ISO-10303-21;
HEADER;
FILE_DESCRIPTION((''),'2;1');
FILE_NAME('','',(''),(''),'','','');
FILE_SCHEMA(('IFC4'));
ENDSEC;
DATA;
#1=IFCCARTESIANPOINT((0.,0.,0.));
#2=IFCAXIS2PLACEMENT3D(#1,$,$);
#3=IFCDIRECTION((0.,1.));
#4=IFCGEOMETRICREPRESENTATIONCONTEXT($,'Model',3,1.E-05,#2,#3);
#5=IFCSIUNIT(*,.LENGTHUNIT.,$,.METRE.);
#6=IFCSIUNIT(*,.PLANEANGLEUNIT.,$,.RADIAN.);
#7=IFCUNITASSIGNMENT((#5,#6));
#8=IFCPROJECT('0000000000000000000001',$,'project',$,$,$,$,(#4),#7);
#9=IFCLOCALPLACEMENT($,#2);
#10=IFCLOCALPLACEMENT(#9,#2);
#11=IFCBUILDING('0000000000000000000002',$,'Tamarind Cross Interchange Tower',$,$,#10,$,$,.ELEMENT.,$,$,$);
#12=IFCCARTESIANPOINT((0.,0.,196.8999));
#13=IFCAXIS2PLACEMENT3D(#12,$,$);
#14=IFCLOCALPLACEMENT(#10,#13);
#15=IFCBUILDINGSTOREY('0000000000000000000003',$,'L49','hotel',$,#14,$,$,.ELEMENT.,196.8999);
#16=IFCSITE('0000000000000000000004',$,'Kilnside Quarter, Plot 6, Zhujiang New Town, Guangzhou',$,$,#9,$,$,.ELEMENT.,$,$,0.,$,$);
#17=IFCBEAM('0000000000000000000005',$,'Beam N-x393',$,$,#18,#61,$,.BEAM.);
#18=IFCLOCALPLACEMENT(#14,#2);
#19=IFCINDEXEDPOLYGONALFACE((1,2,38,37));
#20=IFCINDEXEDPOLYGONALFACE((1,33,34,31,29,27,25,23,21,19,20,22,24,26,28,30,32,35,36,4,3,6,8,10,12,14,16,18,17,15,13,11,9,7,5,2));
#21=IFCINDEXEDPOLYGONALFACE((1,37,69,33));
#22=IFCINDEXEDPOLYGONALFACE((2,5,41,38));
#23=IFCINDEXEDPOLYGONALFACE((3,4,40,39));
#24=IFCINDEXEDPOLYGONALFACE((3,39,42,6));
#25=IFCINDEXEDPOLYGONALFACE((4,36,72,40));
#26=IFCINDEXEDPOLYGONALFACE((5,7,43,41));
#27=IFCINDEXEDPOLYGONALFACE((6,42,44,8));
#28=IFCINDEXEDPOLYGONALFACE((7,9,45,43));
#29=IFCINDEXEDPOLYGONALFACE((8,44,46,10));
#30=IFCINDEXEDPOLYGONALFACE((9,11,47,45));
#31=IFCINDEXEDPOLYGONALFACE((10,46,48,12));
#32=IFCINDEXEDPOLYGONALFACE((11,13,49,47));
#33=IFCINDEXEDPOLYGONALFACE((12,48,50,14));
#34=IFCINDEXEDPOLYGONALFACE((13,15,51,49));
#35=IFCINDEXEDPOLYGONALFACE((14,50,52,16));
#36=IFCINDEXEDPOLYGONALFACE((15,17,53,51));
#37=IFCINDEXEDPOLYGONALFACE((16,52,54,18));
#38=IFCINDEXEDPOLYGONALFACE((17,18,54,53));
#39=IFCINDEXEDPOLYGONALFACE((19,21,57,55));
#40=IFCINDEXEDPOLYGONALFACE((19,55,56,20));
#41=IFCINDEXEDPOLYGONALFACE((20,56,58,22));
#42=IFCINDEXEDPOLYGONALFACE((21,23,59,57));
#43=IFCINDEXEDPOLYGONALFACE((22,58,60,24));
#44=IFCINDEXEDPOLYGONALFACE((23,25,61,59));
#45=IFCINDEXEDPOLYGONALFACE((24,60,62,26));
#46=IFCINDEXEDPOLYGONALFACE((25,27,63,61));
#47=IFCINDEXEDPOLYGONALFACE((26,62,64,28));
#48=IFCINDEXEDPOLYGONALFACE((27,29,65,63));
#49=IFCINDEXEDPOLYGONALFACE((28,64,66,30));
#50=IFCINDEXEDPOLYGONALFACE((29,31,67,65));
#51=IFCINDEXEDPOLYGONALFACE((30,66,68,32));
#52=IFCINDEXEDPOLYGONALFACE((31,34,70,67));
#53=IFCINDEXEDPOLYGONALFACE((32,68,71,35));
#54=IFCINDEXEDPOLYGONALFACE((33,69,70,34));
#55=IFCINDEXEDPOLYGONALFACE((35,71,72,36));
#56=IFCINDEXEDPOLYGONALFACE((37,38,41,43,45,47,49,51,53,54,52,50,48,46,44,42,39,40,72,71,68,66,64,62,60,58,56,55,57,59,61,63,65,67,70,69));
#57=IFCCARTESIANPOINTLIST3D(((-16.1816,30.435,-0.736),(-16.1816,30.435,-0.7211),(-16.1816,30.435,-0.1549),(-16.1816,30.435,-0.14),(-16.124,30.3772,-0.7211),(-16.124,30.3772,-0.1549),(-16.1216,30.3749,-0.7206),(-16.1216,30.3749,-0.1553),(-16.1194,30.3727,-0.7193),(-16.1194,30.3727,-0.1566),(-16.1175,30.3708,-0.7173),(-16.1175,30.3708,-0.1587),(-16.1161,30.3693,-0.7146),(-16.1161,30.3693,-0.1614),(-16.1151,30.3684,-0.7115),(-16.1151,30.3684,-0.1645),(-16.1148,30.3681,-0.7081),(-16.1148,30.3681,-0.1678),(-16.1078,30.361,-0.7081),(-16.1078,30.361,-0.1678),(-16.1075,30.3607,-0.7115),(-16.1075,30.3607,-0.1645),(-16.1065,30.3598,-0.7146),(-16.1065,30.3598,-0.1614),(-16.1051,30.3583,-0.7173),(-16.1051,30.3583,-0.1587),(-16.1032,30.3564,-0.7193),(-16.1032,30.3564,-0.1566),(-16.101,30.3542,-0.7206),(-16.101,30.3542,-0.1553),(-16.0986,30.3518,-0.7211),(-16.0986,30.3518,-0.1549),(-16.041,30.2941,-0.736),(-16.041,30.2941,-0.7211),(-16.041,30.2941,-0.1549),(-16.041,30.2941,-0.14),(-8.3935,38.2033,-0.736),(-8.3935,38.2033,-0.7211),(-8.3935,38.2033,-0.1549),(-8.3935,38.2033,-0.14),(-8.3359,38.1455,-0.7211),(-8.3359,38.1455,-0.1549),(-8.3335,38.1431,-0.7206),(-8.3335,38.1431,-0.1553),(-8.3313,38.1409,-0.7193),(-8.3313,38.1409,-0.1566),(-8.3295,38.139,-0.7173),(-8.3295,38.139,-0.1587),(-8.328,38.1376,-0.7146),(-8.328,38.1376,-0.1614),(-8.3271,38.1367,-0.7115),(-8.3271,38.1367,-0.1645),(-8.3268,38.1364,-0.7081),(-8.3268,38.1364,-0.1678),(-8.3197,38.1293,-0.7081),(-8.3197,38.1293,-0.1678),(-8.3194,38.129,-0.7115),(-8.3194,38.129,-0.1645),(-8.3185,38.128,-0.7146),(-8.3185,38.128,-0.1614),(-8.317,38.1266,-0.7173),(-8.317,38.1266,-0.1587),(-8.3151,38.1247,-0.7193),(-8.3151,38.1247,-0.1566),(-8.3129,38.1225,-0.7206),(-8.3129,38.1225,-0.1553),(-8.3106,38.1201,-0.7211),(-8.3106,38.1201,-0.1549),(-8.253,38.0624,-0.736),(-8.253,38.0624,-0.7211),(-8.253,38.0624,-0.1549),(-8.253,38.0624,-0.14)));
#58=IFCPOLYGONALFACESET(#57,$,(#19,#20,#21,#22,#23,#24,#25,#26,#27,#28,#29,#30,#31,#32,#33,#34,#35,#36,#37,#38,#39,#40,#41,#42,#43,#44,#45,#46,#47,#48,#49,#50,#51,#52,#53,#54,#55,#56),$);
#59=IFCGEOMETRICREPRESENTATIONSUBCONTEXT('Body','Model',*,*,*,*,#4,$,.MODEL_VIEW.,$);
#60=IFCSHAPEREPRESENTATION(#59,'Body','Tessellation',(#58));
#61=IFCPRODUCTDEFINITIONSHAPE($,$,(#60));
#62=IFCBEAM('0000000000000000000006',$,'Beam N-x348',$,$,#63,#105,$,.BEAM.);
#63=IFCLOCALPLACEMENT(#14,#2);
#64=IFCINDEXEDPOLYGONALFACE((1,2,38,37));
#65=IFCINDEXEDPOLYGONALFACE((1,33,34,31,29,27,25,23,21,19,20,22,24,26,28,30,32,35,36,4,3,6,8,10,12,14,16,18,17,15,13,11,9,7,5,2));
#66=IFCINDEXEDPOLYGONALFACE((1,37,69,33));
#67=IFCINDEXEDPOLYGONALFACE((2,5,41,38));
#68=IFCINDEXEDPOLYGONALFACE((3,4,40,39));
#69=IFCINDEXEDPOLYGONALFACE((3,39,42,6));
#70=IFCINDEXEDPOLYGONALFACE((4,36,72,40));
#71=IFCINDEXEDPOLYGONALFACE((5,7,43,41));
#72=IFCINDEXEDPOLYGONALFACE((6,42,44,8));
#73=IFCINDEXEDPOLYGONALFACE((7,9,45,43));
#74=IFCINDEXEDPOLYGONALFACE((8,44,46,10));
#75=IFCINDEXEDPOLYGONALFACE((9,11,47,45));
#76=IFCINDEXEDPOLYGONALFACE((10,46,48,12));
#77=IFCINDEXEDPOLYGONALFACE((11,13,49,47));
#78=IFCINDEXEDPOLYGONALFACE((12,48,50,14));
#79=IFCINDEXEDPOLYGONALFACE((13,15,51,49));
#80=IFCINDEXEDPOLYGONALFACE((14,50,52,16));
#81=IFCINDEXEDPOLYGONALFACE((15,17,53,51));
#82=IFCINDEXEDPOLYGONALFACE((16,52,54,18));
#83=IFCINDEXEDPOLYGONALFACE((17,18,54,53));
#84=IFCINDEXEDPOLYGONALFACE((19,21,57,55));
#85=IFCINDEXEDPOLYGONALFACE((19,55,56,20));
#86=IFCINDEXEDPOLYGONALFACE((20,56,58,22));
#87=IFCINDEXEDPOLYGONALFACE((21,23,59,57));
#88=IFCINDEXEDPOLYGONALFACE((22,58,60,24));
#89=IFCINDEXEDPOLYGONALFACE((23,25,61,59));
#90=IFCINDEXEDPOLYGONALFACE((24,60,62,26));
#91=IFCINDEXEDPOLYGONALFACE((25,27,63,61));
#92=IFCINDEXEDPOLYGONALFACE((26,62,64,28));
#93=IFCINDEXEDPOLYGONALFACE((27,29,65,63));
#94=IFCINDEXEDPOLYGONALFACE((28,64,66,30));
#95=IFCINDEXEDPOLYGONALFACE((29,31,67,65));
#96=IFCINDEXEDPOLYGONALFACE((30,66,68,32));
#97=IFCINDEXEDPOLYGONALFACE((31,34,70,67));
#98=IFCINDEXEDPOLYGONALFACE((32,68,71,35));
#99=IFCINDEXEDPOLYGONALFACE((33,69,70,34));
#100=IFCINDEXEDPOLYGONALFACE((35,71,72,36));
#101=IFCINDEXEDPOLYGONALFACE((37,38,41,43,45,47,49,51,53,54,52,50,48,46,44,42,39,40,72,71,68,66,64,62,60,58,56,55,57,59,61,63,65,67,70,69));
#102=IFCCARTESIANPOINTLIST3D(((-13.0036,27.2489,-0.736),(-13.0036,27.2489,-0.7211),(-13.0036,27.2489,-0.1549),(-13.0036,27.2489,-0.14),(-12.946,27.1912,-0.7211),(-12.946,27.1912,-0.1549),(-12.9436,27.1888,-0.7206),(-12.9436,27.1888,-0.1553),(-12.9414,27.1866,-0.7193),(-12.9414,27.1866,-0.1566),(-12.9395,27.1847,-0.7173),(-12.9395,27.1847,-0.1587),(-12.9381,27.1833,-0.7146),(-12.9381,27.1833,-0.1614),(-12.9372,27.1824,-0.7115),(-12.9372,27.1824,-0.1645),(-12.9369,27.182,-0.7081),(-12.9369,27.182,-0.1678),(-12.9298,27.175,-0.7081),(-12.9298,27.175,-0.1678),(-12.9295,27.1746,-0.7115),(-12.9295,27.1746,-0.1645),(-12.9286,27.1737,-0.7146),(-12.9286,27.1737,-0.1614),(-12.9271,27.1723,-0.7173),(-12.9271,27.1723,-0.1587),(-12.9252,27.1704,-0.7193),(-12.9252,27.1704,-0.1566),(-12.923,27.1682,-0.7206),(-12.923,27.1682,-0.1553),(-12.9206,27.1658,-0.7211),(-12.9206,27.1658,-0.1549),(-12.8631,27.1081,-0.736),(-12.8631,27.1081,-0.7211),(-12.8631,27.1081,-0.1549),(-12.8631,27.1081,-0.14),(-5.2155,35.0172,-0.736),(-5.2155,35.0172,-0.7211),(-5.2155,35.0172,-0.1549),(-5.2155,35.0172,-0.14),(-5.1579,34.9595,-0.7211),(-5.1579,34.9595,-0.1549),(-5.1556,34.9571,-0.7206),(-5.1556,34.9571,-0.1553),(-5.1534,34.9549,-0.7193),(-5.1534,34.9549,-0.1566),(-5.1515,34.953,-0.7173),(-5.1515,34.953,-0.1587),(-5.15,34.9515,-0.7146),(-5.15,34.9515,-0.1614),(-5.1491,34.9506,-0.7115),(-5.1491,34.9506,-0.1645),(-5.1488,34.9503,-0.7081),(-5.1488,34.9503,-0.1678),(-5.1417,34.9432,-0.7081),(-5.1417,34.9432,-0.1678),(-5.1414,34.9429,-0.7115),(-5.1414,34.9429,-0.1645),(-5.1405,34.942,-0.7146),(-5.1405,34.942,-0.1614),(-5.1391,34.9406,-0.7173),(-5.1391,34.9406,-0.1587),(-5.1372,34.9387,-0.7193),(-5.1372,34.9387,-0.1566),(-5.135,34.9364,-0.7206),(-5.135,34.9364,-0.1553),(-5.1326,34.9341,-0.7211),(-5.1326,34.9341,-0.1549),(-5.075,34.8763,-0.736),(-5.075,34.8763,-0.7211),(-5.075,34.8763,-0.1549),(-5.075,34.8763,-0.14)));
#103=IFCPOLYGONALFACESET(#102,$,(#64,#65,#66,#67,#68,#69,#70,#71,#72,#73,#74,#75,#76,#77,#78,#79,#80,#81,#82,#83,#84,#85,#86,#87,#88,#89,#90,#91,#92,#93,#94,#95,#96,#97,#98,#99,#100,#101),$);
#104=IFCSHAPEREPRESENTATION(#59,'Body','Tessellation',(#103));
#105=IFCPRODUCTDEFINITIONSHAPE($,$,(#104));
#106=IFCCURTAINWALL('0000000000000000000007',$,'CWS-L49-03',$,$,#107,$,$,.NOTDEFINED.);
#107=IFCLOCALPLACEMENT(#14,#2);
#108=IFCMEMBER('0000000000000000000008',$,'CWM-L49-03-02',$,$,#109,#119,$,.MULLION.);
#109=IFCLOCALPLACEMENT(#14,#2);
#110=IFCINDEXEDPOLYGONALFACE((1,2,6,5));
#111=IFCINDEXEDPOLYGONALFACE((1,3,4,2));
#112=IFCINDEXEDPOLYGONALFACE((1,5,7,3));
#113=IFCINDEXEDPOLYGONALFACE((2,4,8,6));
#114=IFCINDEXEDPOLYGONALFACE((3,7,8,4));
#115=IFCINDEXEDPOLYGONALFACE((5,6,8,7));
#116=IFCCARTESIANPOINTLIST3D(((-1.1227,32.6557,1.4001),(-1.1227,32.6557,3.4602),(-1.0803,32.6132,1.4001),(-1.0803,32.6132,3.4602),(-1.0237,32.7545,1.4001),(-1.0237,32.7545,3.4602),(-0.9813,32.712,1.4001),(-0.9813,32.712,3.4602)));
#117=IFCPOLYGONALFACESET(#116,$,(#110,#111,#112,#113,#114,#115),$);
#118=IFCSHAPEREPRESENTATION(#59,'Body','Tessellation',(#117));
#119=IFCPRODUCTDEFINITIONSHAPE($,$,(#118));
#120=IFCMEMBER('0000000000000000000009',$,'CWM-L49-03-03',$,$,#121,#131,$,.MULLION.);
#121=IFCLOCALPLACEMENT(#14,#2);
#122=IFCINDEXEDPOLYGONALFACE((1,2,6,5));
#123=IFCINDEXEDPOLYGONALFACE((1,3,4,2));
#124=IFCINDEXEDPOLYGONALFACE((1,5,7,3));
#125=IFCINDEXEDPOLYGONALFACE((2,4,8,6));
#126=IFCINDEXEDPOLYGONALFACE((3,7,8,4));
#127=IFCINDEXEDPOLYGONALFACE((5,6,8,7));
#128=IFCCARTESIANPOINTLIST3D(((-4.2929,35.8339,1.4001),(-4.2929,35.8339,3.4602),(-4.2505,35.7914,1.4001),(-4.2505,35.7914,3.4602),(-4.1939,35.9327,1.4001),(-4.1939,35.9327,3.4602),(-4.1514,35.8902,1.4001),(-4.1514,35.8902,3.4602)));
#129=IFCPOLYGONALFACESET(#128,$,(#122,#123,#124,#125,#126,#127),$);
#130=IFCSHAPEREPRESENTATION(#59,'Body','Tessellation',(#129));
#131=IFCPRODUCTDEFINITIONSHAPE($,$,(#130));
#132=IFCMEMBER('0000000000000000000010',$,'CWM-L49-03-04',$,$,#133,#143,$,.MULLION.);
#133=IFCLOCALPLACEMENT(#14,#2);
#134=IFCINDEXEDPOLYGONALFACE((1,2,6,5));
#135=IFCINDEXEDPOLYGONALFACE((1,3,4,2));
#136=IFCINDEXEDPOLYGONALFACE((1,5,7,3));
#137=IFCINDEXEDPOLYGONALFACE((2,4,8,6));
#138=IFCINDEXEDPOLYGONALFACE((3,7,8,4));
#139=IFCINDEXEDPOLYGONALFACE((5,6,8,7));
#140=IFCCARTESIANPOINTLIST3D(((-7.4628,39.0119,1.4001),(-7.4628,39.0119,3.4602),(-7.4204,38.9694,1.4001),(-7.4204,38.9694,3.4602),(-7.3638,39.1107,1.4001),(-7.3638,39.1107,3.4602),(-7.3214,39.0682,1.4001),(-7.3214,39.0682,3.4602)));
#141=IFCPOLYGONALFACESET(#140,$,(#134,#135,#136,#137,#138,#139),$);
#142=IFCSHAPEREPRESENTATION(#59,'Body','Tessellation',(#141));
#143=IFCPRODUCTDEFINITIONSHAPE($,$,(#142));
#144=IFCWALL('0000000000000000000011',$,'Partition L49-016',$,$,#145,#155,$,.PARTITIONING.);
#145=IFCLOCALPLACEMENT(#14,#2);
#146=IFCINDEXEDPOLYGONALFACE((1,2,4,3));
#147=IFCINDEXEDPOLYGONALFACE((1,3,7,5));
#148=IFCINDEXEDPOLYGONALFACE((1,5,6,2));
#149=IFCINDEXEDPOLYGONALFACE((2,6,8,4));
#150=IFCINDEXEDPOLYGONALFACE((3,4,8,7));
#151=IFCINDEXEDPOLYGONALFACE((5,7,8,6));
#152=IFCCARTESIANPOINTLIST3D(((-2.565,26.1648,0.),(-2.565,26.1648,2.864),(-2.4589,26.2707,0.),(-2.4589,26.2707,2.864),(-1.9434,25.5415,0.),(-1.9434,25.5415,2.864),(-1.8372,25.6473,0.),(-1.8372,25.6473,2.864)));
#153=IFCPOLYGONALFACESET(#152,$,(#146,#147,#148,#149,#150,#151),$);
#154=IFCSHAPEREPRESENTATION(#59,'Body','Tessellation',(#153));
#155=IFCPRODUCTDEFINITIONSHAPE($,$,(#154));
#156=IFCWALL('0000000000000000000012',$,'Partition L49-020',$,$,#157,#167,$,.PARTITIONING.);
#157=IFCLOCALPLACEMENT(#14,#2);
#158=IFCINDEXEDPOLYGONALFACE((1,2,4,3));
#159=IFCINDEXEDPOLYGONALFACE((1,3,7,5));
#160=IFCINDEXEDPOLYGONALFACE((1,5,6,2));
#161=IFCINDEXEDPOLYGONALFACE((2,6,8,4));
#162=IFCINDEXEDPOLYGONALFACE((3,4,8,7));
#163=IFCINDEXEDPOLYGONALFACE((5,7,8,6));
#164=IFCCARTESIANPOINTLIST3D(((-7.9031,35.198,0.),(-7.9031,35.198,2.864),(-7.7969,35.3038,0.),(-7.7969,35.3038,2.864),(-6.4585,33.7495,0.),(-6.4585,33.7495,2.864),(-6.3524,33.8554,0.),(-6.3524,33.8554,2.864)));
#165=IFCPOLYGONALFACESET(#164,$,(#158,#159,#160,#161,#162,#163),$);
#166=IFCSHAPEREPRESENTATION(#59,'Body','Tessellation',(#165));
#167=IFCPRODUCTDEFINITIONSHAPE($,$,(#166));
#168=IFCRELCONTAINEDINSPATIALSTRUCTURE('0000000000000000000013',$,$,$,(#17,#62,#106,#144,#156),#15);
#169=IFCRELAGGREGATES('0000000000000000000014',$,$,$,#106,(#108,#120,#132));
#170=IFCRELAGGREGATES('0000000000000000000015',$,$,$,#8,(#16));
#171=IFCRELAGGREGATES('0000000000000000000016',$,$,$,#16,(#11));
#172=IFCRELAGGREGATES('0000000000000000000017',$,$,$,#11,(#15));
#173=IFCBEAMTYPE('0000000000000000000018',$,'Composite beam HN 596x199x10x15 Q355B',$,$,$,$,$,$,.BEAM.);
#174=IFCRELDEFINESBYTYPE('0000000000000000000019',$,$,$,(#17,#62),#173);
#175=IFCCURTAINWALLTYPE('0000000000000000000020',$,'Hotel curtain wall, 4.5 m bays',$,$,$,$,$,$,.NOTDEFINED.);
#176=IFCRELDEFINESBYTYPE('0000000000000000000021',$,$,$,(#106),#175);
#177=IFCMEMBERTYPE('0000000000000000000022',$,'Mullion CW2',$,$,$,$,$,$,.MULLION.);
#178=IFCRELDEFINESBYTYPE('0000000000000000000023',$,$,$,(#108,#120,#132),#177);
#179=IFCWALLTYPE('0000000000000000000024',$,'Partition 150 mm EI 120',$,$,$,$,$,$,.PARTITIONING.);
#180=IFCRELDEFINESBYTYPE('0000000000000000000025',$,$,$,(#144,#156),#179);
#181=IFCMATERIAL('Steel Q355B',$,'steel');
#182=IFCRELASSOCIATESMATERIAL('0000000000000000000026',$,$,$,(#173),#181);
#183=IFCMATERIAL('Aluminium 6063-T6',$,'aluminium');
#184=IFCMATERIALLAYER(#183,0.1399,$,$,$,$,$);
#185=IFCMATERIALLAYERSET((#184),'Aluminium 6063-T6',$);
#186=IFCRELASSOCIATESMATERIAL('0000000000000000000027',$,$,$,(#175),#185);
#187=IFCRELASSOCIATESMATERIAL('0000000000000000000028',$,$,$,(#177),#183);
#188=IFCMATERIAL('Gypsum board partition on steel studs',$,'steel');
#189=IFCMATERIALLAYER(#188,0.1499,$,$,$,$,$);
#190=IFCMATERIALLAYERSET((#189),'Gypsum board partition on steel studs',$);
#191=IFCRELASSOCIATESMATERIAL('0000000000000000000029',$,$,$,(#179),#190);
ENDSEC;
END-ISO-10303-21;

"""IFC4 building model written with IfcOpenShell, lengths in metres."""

from ifc_helpers import new_model, si_unit, direction, frame, frame_2d, origin, origin_2d, place, context, subcontext, project, spatial, rectangle, i_section, extrude, material, layer, layer_set, material_profile, profile_set, type_object, element, aggregate, save


model = new_model("IFC4")

# Units and contexts
model_context = context("Model", 3, precision=1e-05, world=origin(), true_north=direction((0.0, 1.0)))
body_context = subcontext(model_context, "Body", "Model", "MODEL_VIEW")
ifc_project = project(units=[si_unit("LENGTHUNIT", "METRE"), si_unit("PLANEANGLEUNIT", "RADIAN")], contexts=[model_context])

# Site, building, storey
site_placement = place(None, origin())
site = spatial("IfcSite", under=ifc_project, at=site_placement, Name="Kilnside Quarter, Plot 6, Zhujiang New Town, Guangzhou", CompositionType="ELEMENT", RefElevation=0.0)
building_placement = place(site_placement, origin())
building = spatial("IfcBuilding", under=site, at=building_placement, Name="Tamarind Cross Interchange Tower", CompositionType="ELEMENT")
storey_placement = place(building_placement, frame((0.0, 0.0, 196.8999)))
storey = spatial("IfcBuildingStorey", under=building, at=storey_placement, Name="L49", Description="hotel", CompositionType="ELEMENT", Elevation=196.8999)

# Beams
ifc_material_1 = material(Name="Steel Q355B", Category="steel")
ifc_material_profile_1 = material_profile(ifc_material_1, i_section(OverallWidth=0.199, OverallDepth=0.5959, WebThickness=0.01, FlangeThickness=0.0149, FilletRadius=0.0129, at=origin_2d()), Name="HN 596x199x10x15")
ifc_profile_set_1 = profile_set([ifc_material_profile_1], Name="Steel Q355B")
beam_type_1 = type_object("IfcBeamType", Name="Composite beam HN 596x199x10x15 Q355B", PredefinedType="BEAM", material=ifc_profile_set_1)
for number, where, z_axis, x_axis, name in (
    (1, (-8.3232, 38.1328, -0.438), (-0.708005, -0.706207, 0.0), (0.706207, -0.708005, 0.0), "Beam N-x393"),
    (2, (-5.1453, 34.9468, -0.438), (-0.708005, -0.706207, 0.0), (0.706207, -0.708005, 0.0), "Beam N-x348"),
):
    element("IfcBeam", number, at=place(storey_placement, frame(where, z_axis=z_axis, x_axis=x_axis)), inside=storey, type_object=beam_type_1, Name=name, PredefinedType="BEAM", context=body_context, shape_type="SweptSolid", body=[
        extrude(i_section(OverallWidth=0.199, OverallDepth=0.5959, WebThickness=0.01, FlangeThickness=0.0149, FilletRadius=0.0129, at=origin_2d()), origin(), (0.0, 0.0, 1.0), 11.0),
    ])

# Curtain wall, members
ifc_material_2 = material(Name="Aluminium 6063-T6", Category="aluminium")
ifc_layer_1 = layer(ifc_material_2, 0.1399)
ifc_layer_set_1 = layer_set([ifc_layer_1], Name="Aluminium 6063-T6")
curtain_wall_type = type_object("IfcCurtainWallType", Name="Hotel curtain wall, 4.5 m bays", PredefinedType="NOTDEFINED", material=ifc_layer_set_1)
curtain_wall_placement = place(storey_placement, origin())
curtain_wall = element("IfcCurtainWall", 3, at=curtain_wall_placement, inside=storey, type_object=curtain_wall_type, Name="CWS-L49-03", PredefinedType="NOTDEFINED")
ifc_material_profile_2 = material_profile(ifc_material_2, rectangle(XDim=0.0601, YDim=0.1399, at=origin_2d()), Name="Mullion CW2")
ifc_profile_set_2 = profile_set([ifc_material_profile_2], Name="Aluminium 6063-T6")
member_type = type_object("IfcMemberType", Name="Mullion CW2", PredefinedType="MULLION", material=ifc_profile_set_2)
member_1_placement = place(storey_placement, frame((-1.052, 32.6838, 1.4001), z_axis=(0.0, 0.0, 1.0), x_axis=(-0.706198, 0.708015, 0.0)))
member_1 = element("IfcMember", 4, at=member_1_placement, type_object=member_type, Name="CWM-L49-03-02", PredefinedType="MULLION", context=body_context, shape_type="SweptSolid", body=[
    extrude(rectangle(XDim=0.0601, YDim=0.1399, at=origin_2d()), origin(), (0.0, 0.0, 1.0), 2.0601),
])
member_2_placement = place(storey_placement, frame((-4.2222, 35.8621, 1.4001), z_axis=(0.0, 0.0, 1.0), x_axis=(-0.706198, 0.708015, 0.0)))
member_2 = element("IfcMember", 5, at=member_2_placement, type_object=member_type, Name="CWM-L49-03-03", PredefinedType="MULLION", context=body_context, shape_type="SweptSolid", body=[
    extrude(rectangle(XDim=0.0601, YDim=0.1399, at=origin_2d()), origin(), (0.0, 0.0, 1.0), 2.0601),
])
member_3_placement = place(storey_placement, frame((-7.3921, 39.04, 1.4001), z_axis=(0.0, 0.0, 1.0), x_axis=(-0.706198, 0.708015, 0.0)))
member_3 = element("IfcMember", 6, at=member_3_placement, type_object=member_type, Name="CWM-L49-03-04", PredefinedType="MULLION", context=body_context, shape_type="SweptSolid", body=[
    extrude(rectangle(XDim=0.0601, YDim=0.1399, at=origin_2d()), origin(), (0.0, 0.0, 1.0), 2.0601),
])
aggregate(curtain_wall, [member_1, member_2, member_3])

# Walls
ifc_material_3 = material(Name="Gypsum board partition on steel studs", Category="steel")
ifc_layer_2 = layer(ifc_material_3, 0.1499)
ifc_layer_set_2 = layer_set([ifc_layer_2], Name="Gypsum board partition on steel studs")
wall_type_1 = type_object("IfcWallType", Name="Partition 150 mm EI 120", PredefinedType="PARTITIONING", material=ifc_layer_set_2)
wall_1_placement = place(storey_placement, frame((-2.512, 26.2178, 0.0), z_axis=(0.0, 0.0, 1.0), x_axis=(0.706135, -0.708077, 0.0)))
element("IfcWall", 7, at=wall_1_placement, inside=storey, type_object=wall_type_1, Name="Partition L49-016", PredefinedType="PARTITIONING", context=body_context, shape_type="SweptSolid", body=[
    extrude(rectangle(XDim=0.8804, YDim=0.1499, at=frame_2d((0.4402, 0.0))), origin(), (0.0, 0.0, 1.0), 2.864),
])
wall_2_placement = place(storey_placement, frame((-7.8501, 35.251, 0.0), z_axis=(0.0, 0.0, 1.0), x_axis=(0.706151, -0.708061, 0.0)))
element("IfcWall", 8, at=wall_2_placement, inside=storey, type_object=wall_type_1, Name="Partition L49-020", PredefinedType="PARTITIONING", context=body_context, shape_type="SweptSolid", body=[
    extrude(rectangle(XDim=2.0457, YDim=0.1499, at=frame_2d((1.0229, 0.0))), origin(), (0.0, 0.0, 1.0), 2.864),
])

save(model, "model.ifc")
